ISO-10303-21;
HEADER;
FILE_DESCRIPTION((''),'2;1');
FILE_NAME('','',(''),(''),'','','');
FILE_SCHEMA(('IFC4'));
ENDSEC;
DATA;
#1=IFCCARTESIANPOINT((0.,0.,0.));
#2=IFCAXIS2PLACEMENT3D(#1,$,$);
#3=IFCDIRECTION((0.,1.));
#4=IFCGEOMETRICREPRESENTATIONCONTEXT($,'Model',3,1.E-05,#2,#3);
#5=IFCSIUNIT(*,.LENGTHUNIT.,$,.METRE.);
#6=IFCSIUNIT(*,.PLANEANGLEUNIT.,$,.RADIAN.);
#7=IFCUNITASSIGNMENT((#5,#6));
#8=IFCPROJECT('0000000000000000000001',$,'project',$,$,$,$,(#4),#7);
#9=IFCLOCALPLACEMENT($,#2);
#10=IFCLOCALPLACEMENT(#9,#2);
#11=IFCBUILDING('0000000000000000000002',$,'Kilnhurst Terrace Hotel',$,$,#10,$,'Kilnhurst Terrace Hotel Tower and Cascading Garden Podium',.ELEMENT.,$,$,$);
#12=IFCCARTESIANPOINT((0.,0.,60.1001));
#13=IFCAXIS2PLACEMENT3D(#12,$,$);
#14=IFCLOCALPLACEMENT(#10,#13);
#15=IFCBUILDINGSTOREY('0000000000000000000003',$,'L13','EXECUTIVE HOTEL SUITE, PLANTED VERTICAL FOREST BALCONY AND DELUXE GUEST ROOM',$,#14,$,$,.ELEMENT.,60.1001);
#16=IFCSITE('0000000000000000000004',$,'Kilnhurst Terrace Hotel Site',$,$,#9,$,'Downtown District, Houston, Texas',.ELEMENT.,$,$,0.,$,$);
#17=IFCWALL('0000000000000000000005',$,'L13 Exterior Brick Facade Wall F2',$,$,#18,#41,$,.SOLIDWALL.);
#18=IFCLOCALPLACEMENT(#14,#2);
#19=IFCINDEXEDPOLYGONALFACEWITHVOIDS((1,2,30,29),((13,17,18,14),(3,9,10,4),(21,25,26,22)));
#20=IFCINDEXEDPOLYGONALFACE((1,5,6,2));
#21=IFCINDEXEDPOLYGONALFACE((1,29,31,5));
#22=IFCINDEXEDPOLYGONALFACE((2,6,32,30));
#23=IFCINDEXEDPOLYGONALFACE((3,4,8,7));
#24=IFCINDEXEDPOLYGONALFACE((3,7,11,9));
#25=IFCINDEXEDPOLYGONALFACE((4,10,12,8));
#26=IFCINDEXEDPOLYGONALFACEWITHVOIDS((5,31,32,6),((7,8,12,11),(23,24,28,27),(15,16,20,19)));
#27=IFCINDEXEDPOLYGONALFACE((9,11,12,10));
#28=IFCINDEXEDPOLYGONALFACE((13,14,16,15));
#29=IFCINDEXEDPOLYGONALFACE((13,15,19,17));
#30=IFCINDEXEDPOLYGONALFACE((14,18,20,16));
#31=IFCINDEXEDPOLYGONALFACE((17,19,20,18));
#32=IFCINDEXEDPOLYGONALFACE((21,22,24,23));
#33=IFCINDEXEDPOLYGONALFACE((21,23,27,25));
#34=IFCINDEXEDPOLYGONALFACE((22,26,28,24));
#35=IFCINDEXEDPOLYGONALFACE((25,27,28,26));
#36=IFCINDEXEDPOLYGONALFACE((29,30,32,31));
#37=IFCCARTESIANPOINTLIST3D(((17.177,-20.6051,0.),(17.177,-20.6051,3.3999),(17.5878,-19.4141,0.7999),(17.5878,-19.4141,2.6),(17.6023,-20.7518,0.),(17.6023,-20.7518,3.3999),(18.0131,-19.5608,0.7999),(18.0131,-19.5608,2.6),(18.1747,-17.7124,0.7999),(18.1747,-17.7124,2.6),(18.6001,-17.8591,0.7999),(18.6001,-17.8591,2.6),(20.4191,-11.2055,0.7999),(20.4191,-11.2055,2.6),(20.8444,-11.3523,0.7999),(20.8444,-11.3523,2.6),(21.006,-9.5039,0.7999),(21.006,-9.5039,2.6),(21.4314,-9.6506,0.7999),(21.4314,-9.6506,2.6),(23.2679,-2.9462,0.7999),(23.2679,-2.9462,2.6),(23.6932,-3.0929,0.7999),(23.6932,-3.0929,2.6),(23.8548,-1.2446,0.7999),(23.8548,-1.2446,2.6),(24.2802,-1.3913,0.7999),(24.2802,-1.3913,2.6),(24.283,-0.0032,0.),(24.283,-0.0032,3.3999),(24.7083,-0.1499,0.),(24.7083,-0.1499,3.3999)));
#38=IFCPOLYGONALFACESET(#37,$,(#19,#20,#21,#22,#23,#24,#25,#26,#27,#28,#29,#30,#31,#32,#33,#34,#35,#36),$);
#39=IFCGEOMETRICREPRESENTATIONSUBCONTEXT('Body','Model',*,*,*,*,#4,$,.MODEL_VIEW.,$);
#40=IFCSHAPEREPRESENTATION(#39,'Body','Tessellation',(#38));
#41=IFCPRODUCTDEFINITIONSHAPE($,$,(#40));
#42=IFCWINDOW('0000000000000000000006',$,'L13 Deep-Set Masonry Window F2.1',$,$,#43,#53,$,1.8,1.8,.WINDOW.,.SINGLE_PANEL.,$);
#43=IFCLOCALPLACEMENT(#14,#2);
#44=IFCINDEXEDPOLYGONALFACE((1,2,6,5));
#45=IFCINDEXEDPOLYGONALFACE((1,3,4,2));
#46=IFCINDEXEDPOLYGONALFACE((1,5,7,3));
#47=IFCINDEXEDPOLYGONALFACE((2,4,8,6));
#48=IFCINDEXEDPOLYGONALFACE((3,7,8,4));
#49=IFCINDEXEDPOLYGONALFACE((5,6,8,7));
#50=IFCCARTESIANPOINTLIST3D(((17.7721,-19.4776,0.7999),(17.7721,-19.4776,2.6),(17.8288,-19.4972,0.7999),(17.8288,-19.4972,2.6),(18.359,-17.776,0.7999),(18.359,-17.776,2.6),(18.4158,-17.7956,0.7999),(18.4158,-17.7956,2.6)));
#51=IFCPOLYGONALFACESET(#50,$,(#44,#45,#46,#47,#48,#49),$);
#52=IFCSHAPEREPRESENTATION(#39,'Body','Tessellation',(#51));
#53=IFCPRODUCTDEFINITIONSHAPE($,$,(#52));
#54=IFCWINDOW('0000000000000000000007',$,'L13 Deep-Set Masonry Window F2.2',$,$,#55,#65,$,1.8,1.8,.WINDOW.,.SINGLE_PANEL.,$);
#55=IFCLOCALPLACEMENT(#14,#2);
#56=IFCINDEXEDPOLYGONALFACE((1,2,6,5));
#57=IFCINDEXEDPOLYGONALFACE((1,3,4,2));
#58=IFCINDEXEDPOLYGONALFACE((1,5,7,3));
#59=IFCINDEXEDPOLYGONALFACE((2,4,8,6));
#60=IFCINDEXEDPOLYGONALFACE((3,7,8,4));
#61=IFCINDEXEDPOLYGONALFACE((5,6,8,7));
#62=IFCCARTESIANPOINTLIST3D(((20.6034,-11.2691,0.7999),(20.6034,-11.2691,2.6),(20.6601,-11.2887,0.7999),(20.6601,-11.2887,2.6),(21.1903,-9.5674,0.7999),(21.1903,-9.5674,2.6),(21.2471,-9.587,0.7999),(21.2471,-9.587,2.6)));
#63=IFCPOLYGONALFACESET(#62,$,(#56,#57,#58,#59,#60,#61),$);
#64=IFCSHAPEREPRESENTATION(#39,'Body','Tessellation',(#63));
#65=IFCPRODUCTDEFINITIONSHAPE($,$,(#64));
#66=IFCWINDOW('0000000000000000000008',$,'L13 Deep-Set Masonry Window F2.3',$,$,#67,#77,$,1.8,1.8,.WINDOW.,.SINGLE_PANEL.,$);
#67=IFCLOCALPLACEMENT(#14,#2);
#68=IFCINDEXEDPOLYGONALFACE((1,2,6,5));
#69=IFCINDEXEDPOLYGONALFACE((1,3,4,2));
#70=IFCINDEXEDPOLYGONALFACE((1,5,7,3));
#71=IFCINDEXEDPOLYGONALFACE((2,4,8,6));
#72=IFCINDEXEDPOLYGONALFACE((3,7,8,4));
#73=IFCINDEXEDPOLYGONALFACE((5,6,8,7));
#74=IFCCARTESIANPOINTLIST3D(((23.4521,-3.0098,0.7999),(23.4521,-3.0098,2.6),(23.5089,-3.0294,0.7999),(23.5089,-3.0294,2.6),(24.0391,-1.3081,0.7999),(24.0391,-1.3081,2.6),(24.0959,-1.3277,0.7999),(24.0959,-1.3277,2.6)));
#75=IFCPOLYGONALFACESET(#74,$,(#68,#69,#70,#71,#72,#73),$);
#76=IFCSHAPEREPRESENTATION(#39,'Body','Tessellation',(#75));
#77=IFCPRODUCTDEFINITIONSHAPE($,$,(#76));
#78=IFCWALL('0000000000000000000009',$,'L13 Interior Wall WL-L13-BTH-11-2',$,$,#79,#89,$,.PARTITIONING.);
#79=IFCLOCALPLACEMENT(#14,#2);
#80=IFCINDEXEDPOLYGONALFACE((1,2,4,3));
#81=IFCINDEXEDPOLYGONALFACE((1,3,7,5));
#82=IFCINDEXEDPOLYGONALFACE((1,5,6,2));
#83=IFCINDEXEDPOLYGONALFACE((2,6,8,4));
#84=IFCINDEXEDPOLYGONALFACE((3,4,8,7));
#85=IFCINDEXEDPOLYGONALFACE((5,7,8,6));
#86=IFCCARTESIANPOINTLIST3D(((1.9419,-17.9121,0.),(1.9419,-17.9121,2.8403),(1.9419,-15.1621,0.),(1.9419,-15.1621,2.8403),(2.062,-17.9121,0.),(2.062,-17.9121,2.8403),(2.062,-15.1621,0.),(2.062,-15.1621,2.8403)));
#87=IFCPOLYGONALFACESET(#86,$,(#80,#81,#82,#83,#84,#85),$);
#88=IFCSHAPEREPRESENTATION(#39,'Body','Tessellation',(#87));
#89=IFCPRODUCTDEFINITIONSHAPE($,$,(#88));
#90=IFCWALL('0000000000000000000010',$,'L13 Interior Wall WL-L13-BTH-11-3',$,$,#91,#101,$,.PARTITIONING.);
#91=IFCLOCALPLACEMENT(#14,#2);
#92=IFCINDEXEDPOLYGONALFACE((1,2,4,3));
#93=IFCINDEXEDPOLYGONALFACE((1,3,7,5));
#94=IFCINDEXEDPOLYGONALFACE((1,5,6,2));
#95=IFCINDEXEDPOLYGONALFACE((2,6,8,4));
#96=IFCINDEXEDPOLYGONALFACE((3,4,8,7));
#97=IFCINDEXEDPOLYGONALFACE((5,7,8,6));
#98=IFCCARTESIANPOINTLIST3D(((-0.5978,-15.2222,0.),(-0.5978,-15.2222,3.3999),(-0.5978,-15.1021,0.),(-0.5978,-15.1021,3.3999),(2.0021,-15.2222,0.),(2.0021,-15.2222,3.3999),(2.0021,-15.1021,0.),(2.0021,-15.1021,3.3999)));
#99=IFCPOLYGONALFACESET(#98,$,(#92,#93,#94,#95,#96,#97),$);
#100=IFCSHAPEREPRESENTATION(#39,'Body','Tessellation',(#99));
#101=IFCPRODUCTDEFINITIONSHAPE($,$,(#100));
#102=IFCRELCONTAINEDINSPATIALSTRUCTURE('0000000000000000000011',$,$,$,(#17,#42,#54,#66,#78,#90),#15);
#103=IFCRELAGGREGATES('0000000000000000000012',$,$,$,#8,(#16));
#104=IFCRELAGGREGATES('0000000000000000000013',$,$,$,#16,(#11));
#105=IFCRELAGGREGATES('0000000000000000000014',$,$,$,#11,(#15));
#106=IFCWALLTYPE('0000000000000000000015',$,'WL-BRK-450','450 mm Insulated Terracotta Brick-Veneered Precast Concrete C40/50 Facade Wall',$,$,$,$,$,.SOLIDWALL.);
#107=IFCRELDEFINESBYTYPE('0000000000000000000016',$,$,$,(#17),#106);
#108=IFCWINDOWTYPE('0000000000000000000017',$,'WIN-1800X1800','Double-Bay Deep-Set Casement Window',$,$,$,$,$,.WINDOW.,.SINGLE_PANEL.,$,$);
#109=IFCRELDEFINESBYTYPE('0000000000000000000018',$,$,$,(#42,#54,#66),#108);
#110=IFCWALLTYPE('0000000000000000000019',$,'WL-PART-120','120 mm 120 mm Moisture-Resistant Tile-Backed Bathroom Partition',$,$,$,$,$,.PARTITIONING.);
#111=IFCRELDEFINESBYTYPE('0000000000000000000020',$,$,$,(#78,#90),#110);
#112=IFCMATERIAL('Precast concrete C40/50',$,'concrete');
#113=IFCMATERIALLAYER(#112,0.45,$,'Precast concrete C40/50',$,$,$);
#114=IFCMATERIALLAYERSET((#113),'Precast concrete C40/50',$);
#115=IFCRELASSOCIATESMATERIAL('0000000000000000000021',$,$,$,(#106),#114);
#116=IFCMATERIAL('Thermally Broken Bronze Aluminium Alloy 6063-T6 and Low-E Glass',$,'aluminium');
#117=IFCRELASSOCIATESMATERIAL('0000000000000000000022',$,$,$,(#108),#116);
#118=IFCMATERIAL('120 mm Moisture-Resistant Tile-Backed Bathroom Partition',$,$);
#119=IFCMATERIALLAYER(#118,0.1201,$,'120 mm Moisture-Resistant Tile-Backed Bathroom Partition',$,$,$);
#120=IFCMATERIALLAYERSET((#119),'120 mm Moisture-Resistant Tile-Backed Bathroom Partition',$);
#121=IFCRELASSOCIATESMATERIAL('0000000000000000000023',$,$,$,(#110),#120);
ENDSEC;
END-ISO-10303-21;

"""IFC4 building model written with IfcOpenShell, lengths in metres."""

from ifc_helpers import new_model, si_unit, direction, frame, frame_2d, origin, place, context, subcontext, project, spatial, rectangle, extrude, material, layer, layer_set, type_object, element, fill, save


model = new_model("IFC4")

# Units and contexts
model_context = context("Model", 3, precision=1e-05, world=origin(), true_north=direction((0.0, 1.0)))
body_context = subcontext(model_context, "Body", "Model", "MODEL_VIEW")
ifc_project = project(units=[si_unit("LENGTHUNIT", "METRE"), si_unit("PLANEANGLEUNIT", "RADIAN")], contexts=[model_context])

# Site, building, storey
site_placement = place(None, origin())
site = spatial("IfcSite", under=ifc_project, at=site_placement, Name="Kilnhurst Terrace Hotel Site", LongName="Downtown District, Houston, Texas", CompositionType="ELEMENT", RefElevation=0.0)
building_placement = place(site_placement, origin())
building = spatial("IfcBuilding", under=site, at=building_placement, Name="Kilnhurst Terrace Hotel", LongName="Kilnhurst Terrace Hotel Tower and Cascading Garden Podium", CompositionType="ELEMENT")
storey_placement = place(building_placement, frame((0.0, 0.0, 60.1001)))
storey = spatial("IfcBuildingStorey", under=building, at=storey_placement, Name="L13", Description="EXECUTIVE HOTEL SUITE, PLANTED VERTICAL FOREST BALCONY AND DELUXE GUEST ROOM", CompositionType="ELEMENT", Elevation=60.1001)

# Shared definitions
ifc_material_1 = material(Name="Precast concrete C40/50", Category="concrete")
ifc_layer_1 = layer(ifc_material_1, 0.45, Name="Precast concrete C40/50")
ifc_layer_set_1 = layer_set([ifc_layer_1], Name="Precast concrete C40/50")
wall_type_1 = type_object("IfcWallType", Name="WL-BRK-450", Description="450 mm Insulated Terracotta Brick-Veneered Precast Concrete C40/50 Facade Wall", PredefinedType="SOLIDWALL", material=ifc_layer_set_1)

# Wall, openings, windows
wall_1_placement = place(storey_placement, frame((17.3896, -20.6785, 0.0), z_axis=(0.0, 0.0, 1.0), x_axis=(0.326068, 0.945346, 0.0)))
wall_1 = element("IfcWall", 1, at=wall_1_placement, inside=storey, type_object=wall_type_1, Name="L13 Exterior Brick Facade Wall F2", PredefinedType="SOLIDWALL", context=body_context, shape_type="SweptSolid", body=[
    extrude(rectangle(XDim=21.793, YDim=0.45, at=frame_2d((10.8965, 0.0))), origin(), (0.0, 0.0, 1.0), 3.3999),
])
opening_1_placement = place(wall_1_placement, frame((1.26, 0.0, 0.8)))
opening_1 = element("IfcOpeningElement", 2, at=opening_1_placement, cuts=wall_1, PredefinedType="OPENING", context=body_context, shape_type="SweptSolid", body=[
    extrude(rectangle(XDim=1.8, YDim=1.8, at=frame_2d((0.8999, 0.8999))), frame((0.0, 0.2349, 0.0), z_axis=(0.0, -1.0, 0.0), x_axis=(1.0, 0.0, 0.0)), (0.0, 0.0, 1.0), 0.47),
])
opening_2_placement = place(wall_1_placement, frame((9.9431, 0.0, 0.8)))
opening_2 = element("IfcOpeningElement", 3, at=opening_2_placement, cuts=wall_1, PredefinedType="OPENING", context=body_context, shape_type="SweptSolid", body=[
    extrude(rectangle(XDim=1.8, YDim=1.8, at=frame_2d((0.8999, 0.8999))), frame((0.0, 0.2349, 0.0), z_axis=(0.0, -1.0, 0.0), x_axis=(1.0, 0.0, 0.0)), (0.0, 0.0, 1.0), 0.47),
])
opening_3_placement = place(wall_1_placement, frame((18.6799, 0.0, 0.8)))
opening_3 = element("IfcOpeningElement", 4, at=opening_3_placement, cuts=wall_1, PredefinedType="OPENING", context=body_context, shape_type="SweptSolid", body=[
    extrude(rectangle(XDim=1.8, YDim=1.8, at=frame_2d((0.8999, 0.8999))), frame((0.0, 0.2349, 0.0), z_axis=(0.0, -1.0, 0.0), x_axis=(1.0, 0.0, 0.0)), (0.0, 0.0, 1.0), 0.47),
])
ifc_material_2 = material(Name="Thermally Broken Bronze Aluminium Alloy 6063-T6 and Low-E Glass", Category="aluminium")
window_type = type_object("IfcWindowType", Name="WIN-1800X1800", Description="Double-Bay Deep-Set Casement Window", PartitioningType="SINGLE_PANEL", PredefinedType="WINDOW", material=ifc_material_2)
window_1_placement = place(opening_1_placement, origin())
window_1 = element("IfcWindow", 5, at=window_1_placement, inside=storey, type_object=window_type, Name="L13 Deep-Set Masonry Window F2.1", OverallHeight=1.8, OverallWidth=1.8, PartitioningType="SINGLE_PANEL", PredefinedType="WINDOW", context=body_context, shape_type="SweptSolid", body=[
    extrude(rectangle(XDim=1.8, YDim=1.8, at=frame_2d((0.8999, 0.8999))), frame((0.0, 0.03, 0.0), z_axis=(0.0, -1.0, 0.0), x_axis=(1.0, 0.0, 0.0)), (0.0, 0.0, 1.0), 0.0601),
])
fill(opening_1, window_1)
window_2_placement = place(opening_2_placement, origin())
window_2 = element("IfcWindow", 6, at=window_2_placement, inside=storey, type_object=window_type, Name="L13 Deep-Set Masonry Window F2.2", OverallHeight=1.8, OverallWidth=1.8, PartitioningType="SINGLE_PANEL", PredefinedType="WINDOW", context=body_context, shape_type="SweptSolid", body=[
    extrude(rectangle(XDim=1.8, YDim=1.8, at=frame_2d((0.8999, 0.8999))), frame((0.0, 0.03, 0.0), z_axis=(0.0, -1.0, 0.0), x_axis=(1.0, 0.0, 0.0)), (0.0, 0.0, 1.0), 0.0601),
])
fill(opening_2, window_2)
window_3_placement = place(opening_3_placement, origin())
window_3 = element("IfcWindow", 7, at=window_3_placement, inside=storey, type_object=window_type, Name="L13 Deep-Set Masonry Window F2.3", OverallHeight=1.8, OverallWidth=1.8, PartitioningType="SINGLE_PANEL", PredefinedType="WINDOW", context=body_context, shape_type="SweptSolid", body=[
    extrude(rectangle(XDim=1.8, YDim=1.8, at=frame_2d((0.8999, 0.8999))), frame((0.0, 0.03, 0.0), z_axis=(0.0, -1.0, 0.0), x_axis=(1.0, 0.0, 0.0)), (0.0, 0.0, 1.0), 0.0601),
])
fill(opening_3, window_3)

# Walls
ifc_material_3 = material(Name="120 mm Moisture-Resistant Tile-Backed Bathroom Partition")
ifc_layer_2 = layer(ifc_material_3, 0.1201, Name="120 mm Moisture-Resistant Tile-Backed Bathroom Partition")
ifc_layer_set_2 = layer_set([ifc_layer_2], Name="120 mm Moisture-Resistant Tile-Backed Bathroom Partition")
wall_type_2 = type_object("IfcWallType", Name="WL-PART-120", Description="120 mm 120 mm Moisture-Resistant Tile-Backed Bathroom Partition", PredefinedType="PARTITIONING", material=ifc_layer_set_2)
wall_2_placement = place(storey_placement, frame((2.002, -17.9121, 0.0), z_axis=(0.0, 0.0, 1.0), x_axis=(0.0, 1.0, 0.0)))
element("IfcWall", 8, at=wall_2_placement, inside=storey, type_object=wall_type_2, Name="L13 Interior Wall WL-L13-BTH-11-2", PredefinedType="PARTITIONING", context=body_context, shape_type="SweptSolid", body=[
    extrude(rectangle(XDim=2.75, YDim=0.1201, at=frame_2d((1.375, 0.0))), origin(), (0.0, 0.0, 1.0), 2.8403),
])
wall_3_placement = place(storey_placement, frame((2.002, -15.1621, 0.0), z_axis=(0.0, 0.0, 1.0), x_axis=(-1.0, 0.0, 0.0)))
element("IfcWall", 9, at=wall_3_placement, inside=storey, type_object=wall_type_2, Name="L13 Interior Wall WL-L13-BTH-11-3", PredefinedType="PARTITIONING", context=body_context, shape_type="SweptSolid", body=[
    extrude(rectangle(XDim=2.5999, YDim=0.1201, at=frame_2d((1.2998, 0.0))), origin(), (0.0, 0.0, 1.0), 3.3999),
])

save(model, "model.ifc")
